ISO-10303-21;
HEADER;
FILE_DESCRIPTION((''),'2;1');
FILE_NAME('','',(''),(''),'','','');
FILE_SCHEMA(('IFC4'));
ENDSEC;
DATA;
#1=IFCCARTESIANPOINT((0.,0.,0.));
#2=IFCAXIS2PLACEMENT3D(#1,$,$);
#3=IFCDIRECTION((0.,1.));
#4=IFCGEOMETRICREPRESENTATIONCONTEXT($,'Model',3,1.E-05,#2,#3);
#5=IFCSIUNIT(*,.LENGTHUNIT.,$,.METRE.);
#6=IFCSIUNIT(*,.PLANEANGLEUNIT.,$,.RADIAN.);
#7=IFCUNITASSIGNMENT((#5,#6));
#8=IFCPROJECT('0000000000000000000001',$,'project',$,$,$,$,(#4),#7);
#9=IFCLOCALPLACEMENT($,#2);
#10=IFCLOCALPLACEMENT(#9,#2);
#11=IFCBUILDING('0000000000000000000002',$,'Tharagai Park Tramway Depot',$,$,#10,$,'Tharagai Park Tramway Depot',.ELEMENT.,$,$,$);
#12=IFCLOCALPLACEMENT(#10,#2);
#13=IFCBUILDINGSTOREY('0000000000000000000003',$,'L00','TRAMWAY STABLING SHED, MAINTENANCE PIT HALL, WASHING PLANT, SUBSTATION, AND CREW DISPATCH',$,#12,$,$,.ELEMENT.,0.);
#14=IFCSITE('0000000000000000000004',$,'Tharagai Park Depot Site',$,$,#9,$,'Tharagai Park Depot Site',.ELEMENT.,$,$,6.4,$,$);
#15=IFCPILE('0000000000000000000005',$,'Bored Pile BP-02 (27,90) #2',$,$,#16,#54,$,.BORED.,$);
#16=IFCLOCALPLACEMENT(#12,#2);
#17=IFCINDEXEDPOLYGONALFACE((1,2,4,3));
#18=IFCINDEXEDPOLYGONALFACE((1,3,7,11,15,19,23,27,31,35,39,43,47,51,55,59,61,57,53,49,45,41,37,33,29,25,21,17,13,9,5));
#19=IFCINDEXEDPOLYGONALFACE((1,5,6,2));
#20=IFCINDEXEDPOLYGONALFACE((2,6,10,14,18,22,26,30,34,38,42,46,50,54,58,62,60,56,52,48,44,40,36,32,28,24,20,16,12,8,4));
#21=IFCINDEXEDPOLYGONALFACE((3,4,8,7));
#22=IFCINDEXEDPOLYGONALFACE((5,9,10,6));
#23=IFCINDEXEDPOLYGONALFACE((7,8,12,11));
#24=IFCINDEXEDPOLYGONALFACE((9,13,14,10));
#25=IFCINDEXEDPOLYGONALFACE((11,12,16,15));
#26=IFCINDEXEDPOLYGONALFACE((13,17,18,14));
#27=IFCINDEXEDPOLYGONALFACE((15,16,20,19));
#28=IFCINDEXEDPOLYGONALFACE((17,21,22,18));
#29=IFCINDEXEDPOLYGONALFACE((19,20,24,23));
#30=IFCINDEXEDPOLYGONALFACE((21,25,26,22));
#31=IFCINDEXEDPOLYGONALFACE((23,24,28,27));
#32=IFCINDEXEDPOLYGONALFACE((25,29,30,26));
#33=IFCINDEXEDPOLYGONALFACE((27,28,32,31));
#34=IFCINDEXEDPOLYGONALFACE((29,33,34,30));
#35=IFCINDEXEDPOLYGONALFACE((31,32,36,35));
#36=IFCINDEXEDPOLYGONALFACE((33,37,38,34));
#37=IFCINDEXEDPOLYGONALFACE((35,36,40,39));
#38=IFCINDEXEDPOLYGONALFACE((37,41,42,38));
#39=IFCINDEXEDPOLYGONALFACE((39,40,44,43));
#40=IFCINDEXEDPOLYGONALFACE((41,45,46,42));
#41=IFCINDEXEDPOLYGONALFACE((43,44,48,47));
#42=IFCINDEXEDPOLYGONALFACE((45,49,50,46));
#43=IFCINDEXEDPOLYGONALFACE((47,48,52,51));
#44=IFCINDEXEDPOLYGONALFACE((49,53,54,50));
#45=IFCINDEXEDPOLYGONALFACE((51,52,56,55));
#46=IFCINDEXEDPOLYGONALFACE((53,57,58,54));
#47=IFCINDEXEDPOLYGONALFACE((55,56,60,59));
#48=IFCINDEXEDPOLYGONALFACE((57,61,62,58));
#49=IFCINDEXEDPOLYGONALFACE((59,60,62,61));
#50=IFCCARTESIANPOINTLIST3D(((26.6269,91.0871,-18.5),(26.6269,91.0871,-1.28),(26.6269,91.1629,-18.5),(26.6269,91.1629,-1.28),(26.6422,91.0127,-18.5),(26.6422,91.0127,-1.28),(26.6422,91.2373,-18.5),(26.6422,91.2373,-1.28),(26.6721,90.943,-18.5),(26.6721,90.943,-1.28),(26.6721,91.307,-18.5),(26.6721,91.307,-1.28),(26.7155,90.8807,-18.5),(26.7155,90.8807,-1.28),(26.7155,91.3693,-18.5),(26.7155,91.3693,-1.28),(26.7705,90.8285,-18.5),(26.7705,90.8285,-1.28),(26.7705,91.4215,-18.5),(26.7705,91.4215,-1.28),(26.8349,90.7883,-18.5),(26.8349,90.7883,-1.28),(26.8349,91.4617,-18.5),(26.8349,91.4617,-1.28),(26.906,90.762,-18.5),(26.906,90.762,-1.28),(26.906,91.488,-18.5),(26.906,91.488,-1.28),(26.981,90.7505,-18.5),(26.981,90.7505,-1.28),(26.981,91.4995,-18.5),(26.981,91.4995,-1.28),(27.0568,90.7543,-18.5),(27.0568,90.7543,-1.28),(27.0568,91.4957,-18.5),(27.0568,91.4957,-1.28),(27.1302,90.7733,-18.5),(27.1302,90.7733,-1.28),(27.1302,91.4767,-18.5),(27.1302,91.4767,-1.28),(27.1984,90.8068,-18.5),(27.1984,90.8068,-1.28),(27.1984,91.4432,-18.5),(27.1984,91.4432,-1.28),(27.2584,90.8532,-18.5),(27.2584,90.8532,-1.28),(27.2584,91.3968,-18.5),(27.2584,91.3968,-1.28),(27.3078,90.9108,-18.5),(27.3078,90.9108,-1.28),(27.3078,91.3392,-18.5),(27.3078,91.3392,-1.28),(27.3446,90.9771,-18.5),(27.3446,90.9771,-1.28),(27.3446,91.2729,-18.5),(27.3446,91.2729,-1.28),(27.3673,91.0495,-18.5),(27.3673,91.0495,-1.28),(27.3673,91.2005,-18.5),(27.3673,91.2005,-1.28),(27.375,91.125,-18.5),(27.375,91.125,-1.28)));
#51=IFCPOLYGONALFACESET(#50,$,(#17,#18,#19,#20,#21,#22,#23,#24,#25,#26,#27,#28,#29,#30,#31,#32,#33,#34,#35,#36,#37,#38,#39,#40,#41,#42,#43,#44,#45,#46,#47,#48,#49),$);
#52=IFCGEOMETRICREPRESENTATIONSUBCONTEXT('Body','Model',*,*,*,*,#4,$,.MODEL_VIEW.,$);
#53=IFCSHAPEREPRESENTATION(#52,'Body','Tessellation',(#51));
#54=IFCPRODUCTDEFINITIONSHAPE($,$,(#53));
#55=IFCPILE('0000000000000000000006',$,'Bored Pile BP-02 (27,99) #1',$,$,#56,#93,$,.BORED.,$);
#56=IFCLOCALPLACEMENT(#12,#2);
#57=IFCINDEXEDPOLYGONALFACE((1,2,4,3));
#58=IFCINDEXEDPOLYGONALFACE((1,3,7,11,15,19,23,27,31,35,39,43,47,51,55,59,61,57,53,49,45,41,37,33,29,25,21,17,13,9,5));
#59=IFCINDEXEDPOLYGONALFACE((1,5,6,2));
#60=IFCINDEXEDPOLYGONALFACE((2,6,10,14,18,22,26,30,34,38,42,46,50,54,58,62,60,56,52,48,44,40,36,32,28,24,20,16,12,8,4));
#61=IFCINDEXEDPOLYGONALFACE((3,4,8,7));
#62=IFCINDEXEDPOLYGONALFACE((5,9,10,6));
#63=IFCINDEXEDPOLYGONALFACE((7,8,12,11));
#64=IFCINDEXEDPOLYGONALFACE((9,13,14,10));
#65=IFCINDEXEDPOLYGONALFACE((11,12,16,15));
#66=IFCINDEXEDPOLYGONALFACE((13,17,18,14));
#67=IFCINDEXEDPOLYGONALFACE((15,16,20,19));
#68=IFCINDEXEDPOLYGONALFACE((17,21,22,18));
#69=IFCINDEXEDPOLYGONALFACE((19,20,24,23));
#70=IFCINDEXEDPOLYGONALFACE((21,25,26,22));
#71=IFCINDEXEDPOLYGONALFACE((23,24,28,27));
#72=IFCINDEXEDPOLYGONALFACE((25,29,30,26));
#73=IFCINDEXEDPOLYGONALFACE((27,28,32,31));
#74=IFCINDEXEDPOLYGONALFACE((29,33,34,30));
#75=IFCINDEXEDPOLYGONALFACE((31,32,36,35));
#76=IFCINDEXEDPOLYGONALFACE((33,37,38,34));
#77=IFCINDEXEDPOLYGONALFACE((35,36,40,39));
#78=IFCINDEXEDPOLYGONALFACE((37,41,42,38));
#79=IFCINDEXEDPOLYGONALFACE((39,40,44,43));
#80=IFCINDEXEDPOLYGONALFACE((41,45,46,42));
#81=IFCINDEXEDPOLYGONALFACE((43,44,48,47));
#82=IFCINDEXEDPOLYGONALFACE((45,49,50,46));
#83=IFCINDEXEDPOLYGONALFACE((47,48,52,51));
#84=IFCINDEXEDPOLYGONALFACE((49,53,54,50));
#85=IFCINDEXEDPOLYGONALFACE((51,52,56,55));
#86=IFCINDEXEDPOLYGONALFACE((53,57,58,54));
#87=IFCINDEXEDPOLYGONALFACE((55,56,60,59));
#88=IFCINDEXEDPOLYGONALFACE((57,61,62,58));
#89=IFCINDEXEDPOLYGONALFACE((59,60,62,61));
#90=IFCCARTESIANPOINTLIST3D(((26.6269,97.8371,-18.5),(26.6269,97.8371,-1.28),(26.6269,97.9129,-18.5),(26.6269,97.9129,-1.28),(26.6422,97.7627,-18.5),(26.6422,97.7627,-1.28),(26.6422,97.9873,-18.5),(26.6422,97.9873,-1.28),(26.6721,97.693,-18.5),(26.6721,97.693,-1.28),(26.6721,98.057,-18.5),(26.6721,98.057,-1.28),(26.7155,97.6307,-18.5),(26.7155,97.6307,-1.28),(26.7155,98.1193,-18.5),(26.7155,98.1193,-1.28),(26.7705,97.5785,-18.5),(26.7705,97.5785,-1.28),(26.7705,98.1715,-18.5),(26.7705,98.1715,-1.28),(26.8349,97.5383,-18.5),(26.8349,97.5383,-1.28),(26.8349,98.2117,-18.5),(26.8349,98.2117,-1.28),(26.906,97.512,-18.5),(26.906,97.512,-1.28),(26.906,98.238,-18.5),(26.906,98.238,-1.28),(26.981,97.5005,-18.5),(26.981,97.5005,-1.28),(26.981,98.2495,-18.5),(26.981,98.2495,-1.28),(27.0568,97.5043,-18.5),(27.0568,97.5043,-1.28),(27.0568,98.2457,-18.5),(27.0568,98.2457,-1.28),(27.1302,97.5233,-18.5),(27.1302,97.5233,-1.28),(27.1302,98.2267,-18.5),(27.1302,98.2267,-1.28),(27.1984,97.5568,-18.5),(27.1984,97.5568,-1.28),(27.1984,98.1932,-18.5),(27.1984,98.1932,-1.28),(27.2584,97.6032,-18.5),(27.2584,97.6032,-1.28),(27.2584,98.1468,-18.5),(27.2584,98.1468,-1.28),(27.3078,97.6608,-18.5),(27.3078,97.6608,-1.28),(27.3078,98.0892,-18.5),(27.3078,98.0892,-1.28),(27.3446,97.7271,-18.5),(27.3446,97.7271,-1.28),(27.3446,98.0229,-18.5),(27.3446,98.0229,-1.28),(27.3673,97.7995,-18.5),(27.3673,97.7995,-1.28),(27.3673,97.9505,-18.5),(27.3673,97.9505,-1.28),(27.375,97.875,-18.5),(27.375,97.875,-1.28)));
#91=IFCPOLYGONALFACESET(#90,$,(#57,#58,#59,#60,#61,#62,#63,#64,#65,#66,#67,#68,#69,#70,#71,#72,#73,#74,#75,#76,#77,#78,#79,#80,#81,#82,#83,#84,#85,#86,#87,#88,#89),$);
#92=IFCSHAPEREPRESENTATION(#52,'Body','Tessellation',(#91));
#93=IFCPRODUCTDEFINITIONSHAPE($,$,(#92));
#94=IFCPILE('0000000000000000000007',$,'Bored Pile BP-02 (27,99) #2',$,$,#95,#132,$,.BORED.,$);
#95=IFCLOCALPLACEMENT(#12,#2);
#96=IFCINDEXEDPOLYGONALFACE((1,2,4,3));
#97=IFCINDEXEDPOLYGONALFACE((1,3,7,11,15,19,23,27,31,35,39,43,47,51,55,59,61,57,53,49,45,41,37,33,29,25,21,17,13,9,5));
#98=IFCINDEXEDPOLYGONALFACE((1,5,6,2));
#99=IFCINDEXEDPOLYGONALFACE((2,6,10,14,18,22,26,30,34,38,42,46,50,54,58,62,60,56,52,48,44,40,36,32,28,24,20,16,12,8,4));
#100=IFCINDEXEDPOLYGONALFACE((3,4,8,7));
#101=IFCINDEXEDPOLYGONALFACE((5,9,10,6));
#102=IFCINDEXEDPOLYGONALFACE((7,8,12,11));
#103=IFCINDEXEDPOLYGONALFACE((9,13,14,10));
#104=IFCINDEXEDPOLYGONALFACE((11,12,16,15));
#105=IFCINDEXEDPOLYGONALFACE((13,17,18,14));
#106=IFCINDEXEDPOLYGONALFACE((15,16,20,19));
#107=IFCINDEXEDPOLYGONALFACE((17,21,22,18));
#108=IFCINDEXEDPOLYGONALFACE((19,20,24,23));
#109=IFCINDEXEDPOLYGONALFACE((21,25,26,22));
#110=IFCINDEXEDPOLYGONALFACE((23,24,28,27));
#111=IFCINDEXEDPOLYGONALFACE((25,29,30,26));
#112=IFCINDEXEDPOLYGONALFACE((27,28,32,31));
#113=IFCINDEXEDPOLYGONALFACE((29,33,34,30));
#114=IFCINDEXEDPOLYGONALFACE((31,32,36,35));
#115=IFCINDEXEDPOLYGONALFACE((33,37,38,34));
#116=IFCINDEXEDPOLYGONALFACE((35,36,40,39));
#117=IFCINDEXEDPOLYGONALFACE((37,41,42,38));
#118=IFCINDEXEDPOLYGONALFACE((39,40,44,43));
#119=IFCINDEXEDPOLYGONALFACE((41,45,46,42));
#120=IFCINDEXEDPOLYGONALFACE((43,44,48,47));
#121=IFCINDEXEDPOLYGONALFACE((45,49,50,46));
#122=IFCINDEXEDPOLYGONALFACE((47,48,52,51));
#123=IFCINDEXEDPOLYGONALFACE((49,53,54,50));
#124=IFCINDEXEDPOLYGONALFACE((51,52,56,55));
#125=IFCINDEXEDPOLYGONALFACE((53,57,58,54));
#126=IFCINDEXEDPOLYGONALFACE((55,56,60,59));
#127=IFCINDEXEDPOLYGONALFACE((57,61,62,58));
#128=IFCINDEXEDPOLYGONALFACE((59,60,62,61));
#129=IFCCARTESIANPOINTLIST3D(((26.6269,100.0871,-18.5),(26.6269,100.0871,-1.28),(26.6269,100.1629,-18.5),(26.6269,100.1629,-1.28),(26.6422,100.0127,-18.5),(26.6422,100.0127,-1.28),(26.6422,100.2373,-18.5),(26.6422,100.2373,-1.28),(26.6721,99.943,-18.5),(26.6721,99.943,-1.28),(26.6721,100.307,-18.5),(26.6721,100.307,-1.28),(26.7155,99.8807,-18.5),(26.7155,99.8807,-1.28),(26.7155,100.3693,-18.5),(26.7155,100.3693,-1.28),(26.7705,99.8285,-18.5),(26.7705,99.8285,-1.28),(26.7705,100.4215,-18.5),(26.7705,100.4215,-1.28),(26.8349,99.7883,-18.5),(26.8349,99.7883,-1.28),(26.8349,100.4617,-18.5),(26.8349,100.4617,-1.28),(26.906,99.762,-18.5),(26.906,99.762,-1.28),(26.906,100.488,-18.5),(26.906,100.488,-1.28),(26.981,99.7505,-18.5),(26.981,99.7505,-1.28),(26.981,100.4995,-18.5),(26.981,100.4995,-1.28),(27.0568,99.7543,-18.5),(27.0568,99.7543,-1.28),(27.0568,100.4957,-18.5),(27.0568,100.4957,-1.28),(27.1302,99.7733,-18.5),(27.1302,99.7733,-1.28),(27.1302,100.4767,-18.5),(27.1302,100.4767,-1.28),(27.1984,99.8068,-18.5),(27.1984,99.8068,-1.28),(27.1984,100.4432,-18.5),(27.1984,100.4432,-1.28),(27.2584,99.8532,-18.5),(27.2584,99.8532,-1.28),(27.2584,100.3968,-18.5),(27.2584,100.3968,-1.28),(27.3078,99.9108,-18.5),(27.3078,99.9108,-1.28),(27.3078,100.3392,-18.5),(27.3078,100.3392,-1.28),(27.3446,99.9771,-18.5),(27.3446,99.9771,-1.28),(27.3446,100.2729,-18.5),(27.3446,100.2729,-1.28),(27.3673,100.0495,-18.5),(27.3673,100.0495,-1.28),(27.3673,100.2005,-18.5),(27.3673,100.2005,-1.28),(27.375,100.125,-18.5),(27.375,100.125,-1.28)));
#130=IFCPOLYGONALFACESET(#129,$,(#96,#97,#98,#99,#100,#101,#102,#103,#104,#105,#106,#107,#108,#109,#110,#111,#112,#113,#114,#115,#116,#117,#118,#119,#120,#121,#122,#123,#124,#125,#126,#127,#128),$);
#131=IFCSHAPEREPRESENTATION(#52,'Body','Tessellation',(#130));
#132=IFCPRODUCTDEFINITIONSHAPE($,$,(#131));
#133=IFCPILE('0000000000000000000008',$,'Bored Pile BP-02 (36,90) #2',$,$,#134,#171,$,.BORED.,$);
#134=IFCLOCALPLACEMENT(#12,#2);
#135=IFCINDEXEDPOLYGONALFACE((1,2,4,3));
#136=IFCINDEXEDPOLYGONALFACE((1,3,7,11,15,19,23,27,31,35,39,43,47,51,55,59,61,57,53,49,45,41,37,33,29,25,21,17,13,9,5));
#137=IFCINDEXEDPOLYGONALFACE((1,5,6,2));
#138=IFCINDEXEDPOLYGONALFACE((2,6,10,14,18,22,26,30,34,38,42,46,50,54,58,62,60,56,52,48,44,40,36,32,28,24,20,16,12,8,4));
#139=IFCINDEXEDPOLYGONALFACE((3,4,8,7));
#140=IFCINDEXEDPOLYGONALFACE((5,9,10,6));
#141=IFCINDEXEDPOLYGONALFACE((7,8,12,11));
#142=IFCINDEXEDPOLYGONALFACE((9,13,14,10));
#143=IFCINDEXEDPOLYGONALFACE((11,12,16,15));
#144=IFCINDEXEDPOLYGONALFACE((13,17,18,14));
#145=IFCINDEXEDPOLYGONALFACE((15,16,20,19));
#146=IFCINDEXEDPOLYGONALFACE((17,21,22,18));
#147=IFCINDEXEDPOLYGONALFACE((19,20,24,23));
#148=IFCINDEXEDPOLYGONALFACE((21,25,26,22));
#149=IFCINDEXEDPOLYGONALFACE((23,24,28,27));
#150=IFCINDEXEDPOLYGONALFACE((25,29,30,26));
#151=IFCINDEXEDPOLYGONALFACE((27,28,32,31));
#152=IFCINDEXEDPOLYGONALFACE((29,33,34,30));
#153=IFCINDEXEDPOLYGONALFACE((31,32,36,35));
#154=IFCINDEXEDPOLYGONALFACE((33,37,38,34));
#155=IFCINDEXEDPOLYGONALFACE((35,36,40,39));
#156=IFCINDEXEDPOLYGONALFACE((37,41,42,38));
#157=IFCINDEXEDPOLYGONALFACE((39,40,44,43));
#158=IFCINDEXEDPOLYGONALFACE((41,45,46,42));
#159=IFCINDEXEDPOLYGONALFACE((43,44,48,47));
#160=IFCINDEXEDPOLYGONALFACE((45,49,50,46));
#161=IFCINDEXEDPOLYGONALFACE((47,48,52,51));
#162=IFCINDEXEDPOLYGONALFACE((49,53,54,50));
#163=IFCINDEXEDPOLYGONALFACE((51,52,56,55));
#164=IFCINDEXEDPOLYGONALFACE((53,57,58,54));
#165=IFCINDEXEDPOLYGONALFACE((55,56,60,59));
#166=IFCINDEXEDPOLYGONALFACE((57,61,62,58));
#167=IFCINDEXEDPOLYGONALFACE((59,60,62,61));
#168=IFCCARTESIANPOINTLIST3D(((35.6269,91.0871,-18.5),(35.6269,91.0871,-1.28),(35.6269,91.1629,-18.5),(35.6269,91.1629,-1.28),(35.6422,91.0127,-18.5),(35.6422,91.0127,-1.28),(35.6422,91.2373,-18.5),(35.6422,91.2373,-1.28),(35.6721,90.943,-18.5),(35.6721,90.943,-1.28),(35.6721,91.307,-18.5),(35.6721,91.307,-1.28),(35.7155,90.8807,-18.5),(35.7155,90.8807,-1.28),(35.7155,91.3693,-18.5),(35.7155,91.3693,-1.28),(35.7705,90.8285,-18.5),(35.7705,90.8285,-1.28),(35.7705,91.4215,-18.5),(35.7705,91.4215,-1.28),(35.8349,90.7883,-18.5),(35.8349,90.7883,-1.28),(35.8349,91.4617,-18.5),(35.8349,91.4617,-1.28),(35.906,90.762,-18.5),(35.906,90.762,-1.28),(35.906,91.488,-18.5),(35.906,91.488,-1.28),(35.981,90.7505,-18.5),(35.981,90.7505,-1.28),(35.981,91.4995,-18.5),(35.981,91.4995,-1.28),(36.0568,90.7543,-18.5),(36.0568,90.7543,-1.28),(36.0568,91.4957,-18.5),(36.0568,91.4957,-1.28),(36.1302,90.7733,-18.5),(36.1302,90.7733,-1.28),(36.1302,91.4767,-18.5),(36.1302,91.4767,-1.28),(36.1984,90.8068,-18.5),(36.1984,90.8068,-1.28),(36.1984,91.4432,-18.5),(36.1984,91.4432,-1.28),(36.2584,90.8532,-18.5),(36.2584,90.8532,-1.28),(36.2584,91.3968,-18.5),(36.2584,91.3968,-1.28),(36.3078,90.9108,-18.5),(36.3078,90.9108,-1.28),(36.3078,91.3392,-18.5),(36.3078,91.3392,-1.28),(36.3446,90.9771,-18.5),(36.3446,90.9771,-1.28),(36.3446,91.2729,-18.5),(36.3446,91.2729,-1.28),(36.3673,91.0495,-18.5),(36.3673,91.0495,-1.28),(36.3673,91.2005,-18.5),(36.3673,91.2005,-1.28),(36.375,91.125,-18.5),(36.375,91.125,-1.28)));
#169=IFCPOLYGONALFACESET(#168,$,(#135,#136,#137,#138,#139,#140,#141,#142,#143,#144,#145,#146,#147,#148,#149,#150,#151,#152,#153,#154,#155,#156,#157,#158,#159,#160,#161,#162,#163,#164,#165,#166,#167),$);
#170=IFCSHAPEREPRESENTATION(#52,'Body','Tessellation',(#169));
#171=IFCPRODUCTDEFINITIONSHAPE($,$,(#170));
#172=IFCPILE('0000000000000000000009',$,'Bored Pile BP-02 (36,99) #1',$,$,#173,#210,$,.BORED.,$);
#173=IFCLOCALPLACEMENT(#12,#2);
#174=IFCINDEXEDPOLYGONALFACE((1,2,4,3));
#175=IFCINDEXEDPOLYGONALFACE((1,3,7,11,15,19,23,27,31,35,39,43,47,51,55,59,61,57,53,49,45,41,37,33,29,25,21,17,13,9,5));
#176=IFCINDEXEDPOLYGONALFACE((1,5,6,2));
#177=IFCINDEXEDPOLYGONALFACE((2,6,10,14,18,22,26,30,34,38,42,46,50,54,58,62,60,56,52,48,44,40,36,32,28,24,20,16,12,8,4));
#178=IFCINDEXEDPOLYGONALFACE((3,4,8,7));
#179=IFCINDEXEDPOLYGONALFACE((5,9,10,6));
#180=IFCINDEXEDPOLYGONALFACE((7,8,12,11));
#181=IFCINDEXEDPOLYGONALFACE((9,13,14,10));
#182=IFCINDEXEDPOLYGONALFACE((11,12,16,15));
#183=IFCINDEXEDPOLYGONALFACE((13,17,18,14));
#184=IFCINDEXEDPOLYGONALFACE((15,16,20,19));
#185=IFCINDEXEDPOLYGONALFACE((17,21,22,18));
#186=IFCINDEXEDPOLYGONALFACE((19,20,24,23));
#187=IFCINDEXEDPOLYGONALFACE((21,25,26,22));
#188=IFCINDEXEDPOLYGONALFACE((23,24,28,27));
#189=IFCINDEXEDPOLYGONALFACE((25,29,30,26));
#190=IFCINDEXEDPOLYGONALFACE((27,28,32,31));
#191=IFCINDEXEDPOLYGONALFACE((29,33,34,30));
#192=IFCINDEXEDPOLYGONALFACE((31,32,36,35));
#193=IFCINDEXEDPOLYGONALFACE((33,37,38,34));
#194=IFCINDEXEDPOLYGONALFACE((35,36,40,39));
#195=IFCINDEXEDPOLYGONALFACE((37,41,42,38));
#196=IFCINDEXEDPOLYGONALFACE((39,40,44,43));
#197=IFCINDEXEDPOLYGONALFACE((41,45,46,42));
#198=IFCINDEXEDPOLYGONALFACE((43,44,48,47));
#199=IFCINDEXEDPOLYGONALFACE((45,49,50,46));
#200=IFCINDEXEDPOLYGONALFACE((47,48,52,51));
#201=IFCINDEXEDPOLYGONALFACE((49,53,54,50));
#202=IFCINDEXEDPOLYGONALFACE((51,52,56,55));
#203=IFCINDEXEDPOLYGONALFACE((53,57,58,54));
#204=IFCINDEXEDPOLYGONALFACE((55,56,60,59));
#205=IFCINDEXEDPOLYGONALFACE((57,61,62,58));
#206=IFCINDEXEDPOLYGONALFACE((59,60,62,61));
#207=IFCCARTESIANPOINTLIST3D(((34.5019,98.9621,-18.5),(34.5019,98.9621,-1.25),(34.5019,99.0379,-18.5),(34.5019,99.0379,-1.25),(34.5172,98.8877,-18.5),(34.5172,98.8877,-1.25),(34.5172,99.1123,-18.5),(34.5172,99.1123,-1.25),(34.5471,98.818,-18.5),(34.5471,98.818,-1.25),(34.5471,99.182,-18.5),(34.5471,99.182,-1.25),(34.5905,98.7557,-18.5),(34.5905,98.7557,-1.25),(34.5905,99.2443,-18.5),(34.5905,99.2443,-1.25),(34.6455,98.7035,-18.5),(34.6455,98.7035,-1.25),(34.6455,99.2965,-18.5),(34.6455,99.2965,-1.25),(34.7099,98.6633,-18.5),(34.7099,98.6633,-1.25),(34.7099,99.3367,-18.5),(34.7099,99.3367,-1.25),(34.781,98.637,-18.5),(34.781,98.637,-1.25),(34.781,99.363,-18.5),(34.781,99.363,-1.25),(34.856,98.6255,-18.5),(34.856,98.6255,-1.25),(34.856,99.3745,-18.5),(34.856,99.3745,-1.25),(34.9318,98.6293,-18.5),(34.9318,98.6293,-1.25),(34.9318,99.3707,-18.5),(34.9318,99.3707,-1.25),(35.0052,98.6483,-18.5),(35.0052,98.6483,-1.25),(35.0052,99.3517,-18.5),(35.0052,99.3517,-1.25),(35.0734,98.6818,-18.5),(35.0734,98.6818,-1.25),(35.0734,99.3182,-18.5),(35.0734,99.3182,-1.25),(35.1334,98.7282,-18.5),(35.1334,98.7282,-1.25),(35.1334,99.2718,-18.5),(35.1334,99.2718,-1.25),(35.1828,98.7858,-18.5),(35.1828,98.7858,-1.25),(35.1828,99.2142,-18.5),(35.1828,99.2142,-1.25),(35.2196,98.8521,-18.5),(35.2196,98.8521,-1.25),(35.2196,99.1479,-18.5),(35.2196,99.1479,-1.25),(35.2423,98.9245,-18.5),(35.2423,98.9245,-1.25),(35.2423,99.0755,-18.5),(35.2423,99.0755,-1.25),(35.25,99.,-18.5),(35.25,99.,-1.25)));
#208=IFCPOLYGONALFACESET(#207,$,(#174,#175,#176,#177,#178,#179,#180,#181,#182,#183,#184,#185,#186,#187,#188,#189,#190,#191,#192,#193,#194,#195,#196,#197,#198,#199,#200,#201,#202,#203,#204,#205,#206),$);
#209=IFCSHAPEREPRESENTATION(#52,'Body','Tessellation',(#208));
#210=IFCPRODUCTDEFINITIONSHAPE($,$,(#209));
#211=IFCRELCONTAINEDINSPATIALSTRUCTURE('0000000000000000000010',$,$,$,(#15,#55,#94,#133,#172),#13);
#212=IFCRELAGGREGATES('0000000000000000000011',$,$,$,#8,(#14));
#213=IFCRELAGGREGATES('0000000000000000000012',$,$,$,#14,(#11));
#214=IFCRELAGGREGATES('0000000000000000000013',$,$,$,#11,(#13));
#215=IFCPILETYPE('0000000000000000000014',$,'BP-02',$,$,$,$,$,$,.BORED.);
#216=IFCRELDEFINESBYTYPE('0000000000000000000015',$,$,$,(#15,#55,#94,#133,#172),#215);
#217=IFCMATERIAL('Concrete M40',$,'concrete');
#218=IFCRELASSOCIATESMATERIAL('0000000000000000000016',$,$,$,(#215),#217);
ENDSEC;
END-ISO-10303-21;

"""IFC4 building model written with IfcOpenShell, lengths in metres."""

from ifc_helpers import new_model, si_unit, direction, frame, origin, origin_2d, place, context, subcontext, project, spatial, circle, extrude, material, material_profile, profile_set, type_object, element, save


model = new_model("IFC4")

# Units and contexts
model_context = context("Model", 3, precision=1e-05, world=origin(), true_north=direction((0.0, 1.0)))
body_context = subcontext(model_context, "Body", "Model", "MODEL_VIEW")
ifc_project = project(units=[si_unit("LENGTHUNIT", "METRE"), si_unit("PLANEANGLEUNIT", "RADIAN")], contexts=[model_context])

# Site, building, storey
site_placement = place(None, origin())
site = spatial("IfcSite", under=ifc_project, at=site_placement, Name="Tharagai Park Depot Site", LongName="Tharagai Park Depot Site", CompositionType="ELEMENT", RefElevation=6.4)
building_placement = place(site_placement, origin())
building = spatial("IfcBuilding", under=site, at=building_placement, Name="Tharagai Park Tramway Depot", LongName="Tharagai Park Tramway Depot", CompositionType="ELEMENT")
storey_placement = place(building_placement, origin())
storey = spatial("IfcBuildingStorey", under=building, at=storey_placement, Name="L00", Description="TRAMWAY STABLING SHED, MAINTENANCE PIT HALL, WASHING PLANT, SUBSTATION, AND CREW DISPATCH", CompositionType="ELEMENT", Elevation=0.0)

# Piles
ifc_material_1 = material(Name="Concrete M40", Category="concrete")
ifc_material_profile_1 = material_profile(ifc_material_1, circle(Radius=0.375, at=origin_2d()), Name="PILE D750")
ifc_profile_set_1 = profile_set([ifc_material_profile_1], Name="Concrete M40")
pile_type_1 = type_object("IfcPileType", Name="BP-02", PredefinedType="BORED", material=ifc_profile_set_1)
for number, where, z_axis, x_axis, name in (
    (1, (27.0, 91.125, -1.28), (0.0, 0.0, -1.0), (1.0, 0.0, 0.0), "Bored Pile BP-02 (27,90) #2"),
    (2, (27.0, 97.875, -1.28), (0.0, 0.0, -1.0), (1.0, 0.0, 0.0), "Bored Pile BP-02 (27,99) #1"),
    (3, (27.0, 100.125, -1.28), (0.0, 0.0, -1.0), (1.0, 0.0, 0.0), "Bored Pile BP-02 (27,99) #2"),
    (4, (36.0, 91.125, -1.28), (0.0, 0.0, -1.0), (1.0, 0.0, 0.0), "Bored Pile BP-02 (36,90) #2"),
):
    element("IfcPile", number, at=place(storey_placement, frame(where, z_axis=z_axis, x_axis=x_axis)), inside=storey, type_object=pile_type_1, Name=name, PredefinedType="BORED", context=body_context, shape_type="SweptSolid", body=[
        extrude(circle(Radius=0.375, at=origin_2d()), origin(), (0.0, 0.0, 1.0), 17.22),
    ])
for number, where, z_axis, x_axis, name in (
    (5, (34.875, 99.0, -1.25), (0.0, 0.0, -1.0), (1.0, 0.0, 0.0), "Bored Pile BP-02 (36,99) #1"),
):
    element("IfcPile", number, at=place(storey_placement, frame(where, z_axis=z_axis, x_axis=x_axis)), inside=storey, type_object=pile_type_1, Name=name, PredefinedType="BORED", context=body_context, shape_type="SweptSolid", body=[
        extrude(circle(Radius=0.375, at=origin_2d()), origin(), (0.0, 0.0, 1.0), 17.25),
    ])

save(model, "model.ifc")
